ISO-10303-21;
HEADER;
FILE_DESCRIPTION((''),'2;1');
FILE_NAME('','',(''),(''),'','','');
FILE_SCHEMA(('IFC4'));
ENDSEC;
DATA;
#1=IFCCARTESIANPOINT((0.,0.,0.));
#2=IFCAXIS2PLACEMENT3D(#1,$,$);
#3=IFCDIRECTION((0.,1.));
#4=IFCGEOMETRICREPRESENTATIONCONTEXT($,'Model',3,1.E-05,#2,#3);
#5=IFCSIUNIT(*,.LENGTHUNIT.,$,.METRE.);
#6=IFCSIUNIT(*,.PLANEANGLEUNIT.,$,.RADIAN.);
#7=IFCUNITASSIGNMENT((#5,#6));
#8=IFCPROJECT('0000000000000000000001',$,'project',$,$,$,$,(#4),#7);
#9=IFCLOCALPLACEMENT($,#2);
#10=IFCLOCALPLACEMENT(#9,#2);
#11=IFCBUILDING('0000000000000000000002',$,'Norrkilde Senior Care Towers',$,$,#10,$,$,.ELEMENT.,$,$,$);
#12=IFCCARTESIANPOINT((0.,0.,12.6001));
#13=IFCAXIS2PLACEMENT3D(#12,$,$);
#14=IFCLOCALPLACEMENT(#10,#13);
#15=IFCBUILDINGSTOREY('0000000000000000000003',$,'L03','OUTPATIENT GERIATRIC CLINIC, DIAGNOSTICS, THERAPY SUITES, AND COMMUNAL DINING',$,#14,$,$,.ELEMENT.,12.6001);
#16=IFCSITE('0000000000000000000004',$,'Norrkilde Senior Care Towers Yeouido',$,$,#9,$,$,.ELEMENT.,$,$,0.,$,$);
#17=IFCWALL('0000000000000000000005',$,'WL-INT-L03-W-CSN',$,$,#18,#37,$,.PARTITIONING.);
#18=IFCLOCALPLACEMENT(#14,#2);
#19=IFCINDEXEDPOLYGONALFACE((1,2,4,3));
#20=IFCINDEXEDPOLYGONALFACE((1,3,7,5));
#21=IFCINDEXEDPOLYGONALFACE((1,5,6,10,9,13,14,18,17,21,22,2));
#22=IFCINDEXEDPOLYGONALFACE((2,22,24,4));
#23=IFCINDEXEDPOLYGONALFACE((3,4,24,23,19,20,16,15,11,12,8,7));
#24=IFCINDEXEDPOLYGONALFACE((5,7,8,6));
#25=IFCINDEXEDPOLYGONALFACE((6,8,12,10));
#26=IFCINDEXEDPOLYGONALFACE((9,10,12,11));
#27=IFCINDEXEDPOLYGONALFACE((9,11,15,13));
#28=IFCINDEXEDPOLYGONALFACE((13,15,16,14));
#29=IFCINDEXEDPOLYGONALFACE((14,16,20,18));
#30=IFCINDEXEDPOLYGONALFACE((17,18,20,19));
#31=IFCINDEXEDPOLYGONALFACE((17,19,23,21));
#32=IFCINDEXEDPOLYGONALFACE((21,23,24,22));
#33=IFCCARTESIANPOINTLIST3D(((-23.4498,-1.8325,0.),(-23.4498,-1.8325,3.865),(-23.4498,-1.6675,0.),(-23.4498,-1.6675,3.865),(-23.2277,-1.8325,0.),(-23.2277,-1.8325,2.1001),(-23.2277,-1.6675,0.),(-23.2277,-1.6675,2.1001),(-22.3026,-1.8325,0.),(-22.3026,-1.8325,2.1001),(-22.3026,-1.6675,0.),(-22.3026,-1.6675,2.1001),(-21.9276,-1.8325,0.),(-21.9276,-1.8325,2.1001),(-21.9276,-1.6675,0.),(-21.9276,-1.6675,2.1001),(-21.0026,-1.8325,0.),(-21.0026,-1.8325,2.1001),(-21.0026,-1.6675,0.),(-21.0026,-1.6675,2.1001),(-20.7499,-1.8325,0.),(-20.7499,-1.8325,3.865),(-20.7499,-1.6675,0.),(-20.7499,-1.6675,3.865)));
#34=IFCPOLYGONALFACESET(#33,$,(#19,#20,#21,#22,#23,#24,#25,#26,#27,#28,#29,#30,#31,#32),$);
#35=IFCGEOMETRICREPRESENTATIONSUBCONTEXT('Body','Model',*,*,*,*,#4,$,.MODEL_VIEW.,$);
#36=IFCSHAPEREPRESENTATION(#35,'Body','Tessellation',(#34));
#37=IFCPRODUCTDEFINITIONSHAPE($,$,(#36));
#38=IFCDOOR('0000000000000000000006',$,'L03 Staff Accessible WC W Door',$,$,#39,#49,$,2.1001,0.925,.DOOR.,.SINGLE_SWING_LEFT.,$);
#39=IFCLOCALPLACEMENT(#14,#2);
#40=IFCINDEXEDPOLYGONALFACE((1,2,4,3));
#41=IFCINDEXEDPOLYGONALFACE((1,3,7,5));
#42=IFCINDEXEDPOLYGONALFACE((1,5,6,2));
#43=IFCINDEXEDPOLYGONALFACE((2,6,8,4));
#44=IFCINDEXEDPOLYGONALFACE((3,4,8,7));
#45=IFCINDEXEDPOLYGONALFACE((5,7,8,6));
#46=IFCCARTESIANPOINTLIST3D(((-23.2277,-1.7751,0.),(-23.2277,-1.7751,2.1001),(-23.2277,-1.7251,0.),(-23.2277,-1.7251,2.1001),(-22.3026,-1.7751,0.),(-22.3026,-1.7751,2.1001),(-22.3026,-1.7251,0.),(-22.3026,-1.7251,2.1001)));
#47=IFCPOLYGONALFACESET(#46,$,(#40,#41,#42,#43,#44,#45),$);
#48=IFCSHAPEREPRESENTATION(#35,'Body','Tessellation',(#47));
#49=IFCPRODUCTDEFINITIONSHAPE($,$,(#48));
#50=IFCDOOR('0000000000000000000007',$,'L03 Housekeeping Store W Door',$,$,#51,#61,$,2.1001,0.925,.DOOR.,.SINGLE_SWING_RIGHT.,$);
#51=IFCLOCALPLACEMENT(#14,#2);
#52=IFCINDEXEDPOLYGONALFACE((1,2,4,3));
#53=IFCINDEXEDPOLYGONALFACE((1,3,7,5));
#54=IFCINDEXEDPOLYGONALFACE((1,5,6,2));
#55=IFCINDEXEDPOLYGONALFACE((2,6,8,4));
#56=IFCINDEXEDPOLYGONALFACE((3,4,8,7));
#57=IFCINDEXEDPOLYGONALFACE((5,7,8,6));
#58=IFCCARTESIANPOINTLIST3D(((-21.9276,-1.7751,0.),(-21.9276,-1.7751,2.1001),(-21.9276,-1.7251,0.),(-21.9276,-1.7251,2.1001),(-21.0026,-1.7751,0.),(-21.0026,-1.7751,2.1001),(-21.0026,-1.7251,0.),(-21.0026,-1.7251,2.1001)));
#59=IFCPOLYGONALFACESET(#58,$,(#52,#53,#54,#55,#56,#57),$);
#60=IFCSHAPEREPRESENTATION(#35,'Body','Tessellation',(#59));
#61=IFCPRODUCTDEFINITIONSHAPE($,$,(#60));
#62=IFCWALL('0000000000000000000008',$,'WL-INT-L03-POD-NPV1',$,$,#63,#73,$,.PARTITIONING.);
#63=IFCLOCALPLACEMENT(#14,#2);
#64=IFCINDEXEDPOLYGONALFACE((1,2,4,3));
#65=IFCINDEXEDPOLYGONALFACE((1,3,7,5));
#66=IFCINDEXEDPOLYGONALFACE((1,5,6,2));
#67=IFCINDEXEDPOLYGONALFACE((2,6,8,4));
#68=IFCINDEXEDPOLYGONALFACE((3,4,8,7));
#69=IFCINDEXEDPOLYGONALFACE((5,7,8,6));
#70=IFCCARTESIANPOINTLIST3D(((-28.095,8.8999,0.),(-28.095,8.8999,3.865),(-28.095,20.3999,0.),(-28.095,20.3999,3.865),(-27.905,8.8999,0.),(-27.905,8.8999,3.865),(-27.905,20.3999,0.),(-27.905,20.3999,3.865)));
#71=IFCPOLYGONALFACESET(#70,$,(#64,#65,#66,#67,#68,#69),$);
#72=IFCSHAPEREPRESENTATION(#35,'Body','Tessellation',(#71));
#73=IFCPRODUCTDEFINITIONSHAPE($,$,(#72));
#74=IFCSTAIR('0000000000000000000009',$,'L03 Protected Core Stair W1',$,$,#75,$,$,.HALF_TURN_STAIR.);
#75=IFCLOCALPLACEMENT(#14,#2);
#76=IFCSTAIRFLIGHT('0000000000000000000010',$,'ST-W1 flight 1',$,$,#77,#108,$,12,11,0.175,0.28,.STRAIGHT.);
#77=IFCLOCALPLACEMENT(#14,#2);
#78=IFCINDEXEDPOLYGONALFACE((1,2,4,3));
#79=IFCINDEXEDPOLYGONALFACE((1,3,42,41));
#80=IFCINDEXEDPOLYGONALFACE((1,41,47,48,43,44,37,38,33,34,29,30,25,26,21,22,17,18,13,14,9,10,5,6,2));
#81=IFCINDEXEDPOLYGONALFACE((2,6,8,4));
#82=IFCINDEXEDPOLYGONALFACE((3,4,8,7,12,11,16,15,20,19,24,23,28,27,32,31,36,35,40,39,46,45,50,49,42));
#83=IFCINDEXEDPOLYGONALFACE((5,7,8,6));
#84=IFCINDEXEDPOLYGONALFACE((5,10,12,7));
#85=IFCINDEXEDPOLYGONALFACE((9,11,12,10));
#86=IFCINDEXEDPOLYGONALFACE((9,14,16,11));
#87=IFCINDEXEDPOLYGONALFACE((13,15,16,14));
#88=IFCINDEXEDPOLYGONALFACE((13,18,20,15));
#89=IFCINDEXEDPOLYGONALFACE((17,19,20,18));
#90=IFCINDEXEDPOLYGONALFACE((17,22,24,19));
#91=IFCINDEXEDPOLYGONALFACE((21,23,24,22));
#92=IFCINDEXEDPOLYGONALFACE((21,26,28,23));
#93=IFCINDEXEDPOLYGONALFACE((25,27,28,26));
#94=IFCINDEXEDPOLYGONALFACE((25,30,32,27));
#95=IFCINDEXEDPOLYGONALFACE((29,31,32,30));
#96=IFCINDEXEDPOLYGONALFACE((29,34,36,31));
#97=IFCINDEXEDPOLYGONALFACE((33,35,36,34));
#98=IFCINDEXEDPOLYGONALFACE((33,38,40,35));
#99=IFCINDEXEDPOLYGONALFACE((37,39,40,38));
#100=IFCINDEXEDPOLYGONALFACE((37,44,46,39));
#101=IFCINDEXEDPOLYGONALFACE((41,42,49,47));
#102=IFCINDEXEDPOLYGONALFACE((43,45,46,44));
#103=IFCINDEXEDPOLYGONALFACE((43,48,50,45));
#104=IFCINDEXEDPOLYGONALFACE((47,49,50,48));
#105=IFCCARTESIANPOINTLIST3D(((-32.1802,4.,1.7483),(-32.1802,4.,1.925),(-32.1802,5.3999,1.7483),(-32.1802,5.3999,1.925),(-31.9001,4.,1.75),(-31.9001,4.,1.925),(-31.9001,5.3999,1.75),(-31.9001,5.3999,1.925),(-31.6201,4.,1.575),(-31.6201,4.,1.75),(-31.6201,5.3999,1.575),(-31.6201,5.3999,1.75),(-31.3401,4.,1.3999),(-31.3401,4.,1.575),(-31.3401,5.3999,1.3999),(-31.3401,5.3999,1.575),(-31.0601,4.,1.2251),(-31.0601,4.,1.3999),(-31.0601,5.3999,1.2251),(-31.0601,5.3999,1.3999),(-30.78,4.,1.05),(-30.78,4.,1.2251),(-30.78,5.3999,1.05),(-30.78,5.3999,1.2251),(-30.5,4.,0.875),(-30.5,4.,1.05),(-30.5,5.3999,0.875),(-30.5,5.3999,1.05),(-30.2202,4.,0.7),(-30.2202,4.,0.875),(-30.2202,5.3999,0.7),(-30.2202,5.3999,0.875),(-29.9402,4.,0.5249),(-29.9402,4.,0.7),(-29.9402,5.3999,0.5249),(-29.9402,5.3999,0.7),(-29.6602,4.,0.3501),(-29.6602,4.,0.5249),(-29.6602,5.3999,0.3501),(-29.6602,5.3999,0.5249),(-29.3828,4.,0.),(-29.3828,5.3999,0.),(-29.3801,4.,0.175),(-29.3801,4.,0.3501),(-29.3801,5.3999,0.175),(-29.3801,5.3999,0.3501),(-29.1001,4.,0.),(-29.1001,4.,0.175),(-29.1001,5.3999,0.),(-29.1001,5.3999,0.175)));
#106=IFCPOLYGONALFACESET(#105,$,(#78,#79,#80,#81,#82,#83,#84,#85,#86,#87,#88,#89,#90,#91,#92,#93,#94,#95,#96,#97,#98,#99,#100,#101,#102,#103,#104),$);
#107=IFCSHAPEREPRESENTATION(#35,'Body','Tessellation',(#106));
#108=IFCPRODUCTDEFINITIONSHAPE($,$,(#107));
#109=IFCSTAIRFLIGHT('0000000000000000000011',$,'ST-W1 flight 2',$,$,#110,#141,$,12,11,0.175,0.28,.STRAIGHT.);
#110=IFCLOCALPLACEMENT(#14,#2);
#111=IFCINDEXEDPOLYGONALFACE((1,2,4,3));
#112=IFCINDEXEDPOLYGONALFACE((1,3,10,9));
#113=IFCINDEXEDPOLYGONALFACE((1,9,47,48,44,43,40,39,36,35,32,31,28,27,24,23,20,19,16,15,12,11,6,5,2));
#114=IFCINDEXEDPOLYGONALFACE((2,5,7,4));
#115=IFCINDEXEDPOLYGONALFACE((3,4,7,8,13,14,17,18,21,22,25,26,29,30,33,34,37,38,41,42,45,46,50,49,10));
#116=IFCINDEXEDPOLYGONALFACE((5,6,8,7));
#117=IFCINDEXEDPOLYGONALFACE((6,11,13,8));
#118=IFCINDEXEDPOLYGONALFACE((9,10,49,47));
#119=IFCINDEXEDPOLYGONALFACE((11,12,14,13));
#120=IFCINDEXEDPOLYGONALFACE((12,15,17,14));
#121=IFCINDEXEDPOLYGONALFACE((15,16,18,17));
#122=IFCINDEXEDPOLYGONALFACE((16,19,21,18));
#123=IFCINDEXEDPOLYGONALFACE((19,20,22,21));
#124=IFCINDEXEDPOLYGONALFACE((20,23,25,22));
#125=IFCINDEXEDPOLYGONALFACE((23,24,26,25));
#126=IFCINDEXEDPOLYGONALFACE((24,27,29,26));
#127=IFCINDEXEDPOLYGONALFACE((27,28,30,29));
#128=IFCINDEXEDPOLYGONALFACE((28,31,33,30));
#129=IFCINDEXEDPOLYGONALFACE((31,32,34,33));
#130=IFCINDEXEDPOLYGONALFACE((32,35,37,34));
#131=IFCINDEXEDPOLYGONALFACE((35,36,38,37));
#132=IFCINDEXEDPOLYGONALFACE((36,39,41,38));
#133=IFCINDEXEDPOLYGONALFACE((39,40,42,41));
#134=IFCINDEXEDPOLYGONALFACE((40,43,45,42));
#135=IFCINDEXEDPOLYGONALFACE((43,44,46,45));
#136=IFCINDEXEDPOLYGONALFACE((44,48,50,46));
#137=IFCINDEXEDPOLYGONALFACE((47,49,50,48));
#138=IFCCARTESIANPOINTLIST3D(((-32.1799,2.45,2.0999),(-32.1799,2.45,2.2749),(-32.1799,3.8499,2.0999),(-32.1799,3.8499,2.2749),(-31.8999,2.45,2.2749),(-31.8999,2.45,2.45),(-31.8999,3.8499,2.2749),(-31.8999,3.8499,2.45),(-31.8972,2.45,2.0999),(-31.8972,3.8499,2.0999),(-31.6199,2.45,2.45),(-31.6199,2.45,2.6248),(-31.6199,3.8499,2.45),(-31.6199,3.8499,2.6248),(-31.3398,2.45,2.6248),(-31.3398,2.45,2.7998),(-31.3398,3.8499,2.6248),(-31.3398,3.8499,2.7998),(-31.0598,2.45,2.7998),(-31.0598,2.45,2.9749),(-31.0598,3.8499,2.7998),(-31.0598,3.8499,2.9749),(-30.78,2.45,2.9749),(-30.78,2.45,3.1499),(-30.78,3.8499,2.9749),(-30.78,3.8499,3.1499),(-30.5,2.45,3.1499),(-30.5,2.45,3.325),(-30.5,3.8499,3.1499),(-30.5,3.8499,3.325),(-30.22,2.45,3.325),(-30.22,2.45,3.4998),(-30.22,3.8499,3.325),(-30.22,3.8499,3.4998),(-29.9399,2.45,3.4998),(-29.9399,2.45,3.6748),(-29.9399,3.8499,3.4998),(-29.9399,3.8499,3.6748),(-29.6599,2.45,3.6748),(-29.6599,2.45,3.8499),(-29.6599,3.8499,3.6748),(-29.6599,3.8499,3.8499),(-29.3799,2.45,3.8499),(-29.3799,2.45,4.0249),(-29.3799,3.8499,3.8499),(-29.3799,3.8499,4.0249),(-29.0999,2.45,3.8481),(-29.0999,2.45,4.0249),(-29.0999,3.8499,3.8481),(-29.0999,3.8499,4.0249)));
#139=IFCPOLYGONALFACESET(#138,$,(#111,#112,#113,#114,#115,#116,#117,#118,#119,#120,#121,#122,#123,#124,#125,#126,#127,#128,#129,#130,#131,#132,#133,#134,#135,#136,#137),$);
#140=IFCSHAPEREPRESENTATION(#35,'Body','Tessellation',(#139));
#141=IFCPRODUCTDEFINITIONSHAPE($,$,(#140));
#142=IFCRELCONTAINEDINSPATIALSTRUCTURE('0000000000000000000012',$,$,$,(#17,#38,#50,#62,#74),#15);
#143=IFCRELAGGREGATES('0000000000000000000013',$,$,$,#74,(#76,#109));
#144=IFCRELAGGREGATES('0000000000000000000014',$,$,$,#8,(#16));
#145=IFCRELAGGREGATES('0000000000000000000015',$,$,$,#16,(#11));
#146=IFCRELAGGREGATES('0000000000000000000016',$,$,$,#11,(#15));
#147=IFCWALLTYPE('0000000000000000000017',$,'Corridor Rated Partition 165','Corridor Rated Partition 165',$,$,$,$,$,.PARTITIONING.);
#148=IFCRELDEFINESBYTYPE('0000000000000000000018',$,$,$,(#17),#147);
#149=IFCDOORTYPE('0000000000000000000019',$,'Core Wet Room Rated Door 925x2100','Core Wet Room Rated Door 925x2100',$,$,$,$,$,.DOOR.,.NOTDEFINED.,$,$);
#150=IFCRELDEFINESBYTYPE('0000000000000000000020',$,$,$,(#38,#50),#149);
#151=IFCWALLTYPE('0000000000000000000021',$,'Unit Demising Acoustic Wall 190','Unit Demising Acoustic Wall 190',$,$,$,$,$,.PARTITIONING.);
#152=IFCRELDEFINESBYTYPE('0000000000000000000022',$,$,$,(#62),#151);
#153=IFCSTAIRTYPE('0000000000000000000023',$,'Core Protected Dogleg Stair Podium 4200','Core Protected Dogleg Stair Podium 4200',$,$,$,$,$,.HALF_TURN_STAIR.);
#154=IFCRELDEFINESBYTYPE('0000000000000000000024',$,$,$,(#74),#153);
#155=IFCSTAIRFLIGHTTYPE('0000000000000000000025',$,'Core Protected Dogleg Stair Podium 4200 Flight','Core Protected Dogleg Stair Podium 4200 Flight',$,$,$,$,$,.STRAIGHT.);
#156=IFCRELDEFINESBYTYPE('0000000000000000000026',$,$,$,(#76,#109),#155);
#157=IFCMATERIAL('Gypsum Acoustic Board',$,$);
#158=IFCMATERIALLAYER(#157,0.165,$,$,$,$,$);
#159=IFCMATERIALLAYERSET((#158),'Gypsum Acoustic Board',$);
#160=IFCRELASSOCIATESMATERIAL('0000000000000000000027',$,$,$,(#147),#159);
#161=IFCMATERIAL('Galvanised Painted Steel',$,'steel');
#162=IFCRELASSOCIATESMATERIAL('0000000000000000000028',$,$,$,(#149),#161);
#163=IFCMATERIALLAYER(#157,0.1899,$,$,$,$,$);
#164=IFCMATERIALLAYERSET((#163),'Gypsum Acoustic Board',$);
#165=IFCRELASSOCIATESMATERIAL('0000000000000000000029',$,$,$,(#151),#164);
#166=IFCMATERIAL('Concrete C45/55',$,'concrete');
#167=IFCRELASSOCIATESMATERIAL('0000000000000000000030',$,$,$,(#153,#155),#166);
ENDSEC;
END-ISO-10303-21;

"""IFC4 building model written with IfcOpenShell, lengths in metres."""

from ifc_helpers import new_model, si_unit, direction, frame, frame_2d, origin, place, context, subcontext, project, spatial, polyline, rectangle, outline, extrude, source, transform, mapped, material, layer, layer_set, type_object, type_shapes, element, fill, aggregate, save


model = new_model("IFC4")

# Units and contexts
model_context = context("Model", 3, precision=1e-05, world=origin(), true_north=direction((0.0, 1.0)))
body_context = subcontext(model_context, "Body", "Model", "MODEL_VIEW")
ifc_project = project(units=[si_unit("LENGTHUNIT", "METRE"), si_unit("PLANEANGLEUNIT", "RADIAN")], contexts=[model_context])

# Site, building, storey
site_placement = place(None, origin())
site = spatial("IfcSite", under=ifc_project, at=site_placement, Name="Norrkilde Senior Care Towers Yeouido", CompositionType="ELEMENT", RefElevation=0.0)
building_placement = place(site_placement, origin())
building = spatial("IfcBuilding", under=site, at=building_placement, Name="Norrkilde Senior Care Towers", CompositionType="ELEMENT")
storey_placement = place(building_placement, frame((0.0, 0.0, 12.6001)))
storey = spatial("IfcBuildingStorey", under=building, at=storey_placement, Name="L03", Description="OUTPATIENT GERIATRIC CLINIC, DIAGNOSTICS, THERAPY SUITES, AND COMMUNAL DINING", CompositionType="ELEMENT", Elevation=12.6001)

# Shared definitions
ifc_material_1 = material(Name="Concrete C45/55", Category="concrete")
ifc_material_2 = material(Name="Galvanised Painted Steel", Category="steel")

# Shared definitions
ifc_material_3 = material(Name="Gypsum Acoustic Board")

# Wall, openings, doors
ifc_layer_1 = layer(ifc_material_3, 0.165)
ifc_layer_set_1 = layer_set([ifc_layer_1], Name="Gypsum Acoustic Board")
wall_type_1 = type_object("IfcWallType", Name="Corridor Rated Partition 165", Description="Corridor Rated Partition 165", PredefinedType="PARTITIONING", material=ifc_layer_set_1)
shared_shape_1 = source(origin(), body_context, "Body", "SweptSolid", [
    extrude(rectangle(XDim=2.7, YDim=0.165, at=frame_2d((1.3501, 0.0))), origin(), (0.0, 0.0, 1.0), 3.865),
])
type_shapes(wall_type_1, [shared_shape_1])
wall_1_placement = place(storey_placement, frame((-23.45, -1.75, 0.0), z_axis=(0.0, 0.0, 1.0), x_axis=(1.0, 0.0, 0.0)))
wall_1 = element("IfcWall", 1, at=wall_1_placement, inside=storey, type_object=wall_type_1, Name="WL-INT-L03-W-CSN", PredefinedType="PARTITIONING", context=body_context, shape_type="MappedRepresentation", body=[
    mapped(shared_shape_1, transform((0.0, 0.0, 0.0), x_axis=(1.0, 0.0, 0.0), y_axis=(0.0, 1.0, 0.0), z_axis=(0.0, 0.0, 1.0), scale=1.0)),
])
opening_1_placement = place(wall_1_placement, frame((0.2224, 0.0, 0.0)))
opening_1 = element("IfcOpeningElement", 2, at=opening_1_placement, cuts=wall_1, PredefinedType="OPENING", context=body_context, shape_type="SweptSolid", body=[
    extrude(rectangle(XDim=0.925, YDim=2.1001, at=frame_2d((0.4624, 1.05))), frame((0.0, 0.0925, 0.0), z_axis=(0.0, -1.0, 0.0), x_axis=(1.0, 0.0, 0.0)), (0.0, 0.0, 1.0), 0.1851),
])
opening_2_placement = place(wall_1_placement, frame((1.5225, 0.0, 0.0)))
opening_2 = element("IfcOpeningElement", 3, at=opening_2_placement, cuts=wall_1, PredefinedType="OPENING", context=body_context, shape_type="SweptSolid", body=[
    extrude(rectangle(XDim=0.925, YDim=2.1001, at=frame_2d((0.4624, 1.05))), frame((0.0, 0.0925, 0.0), z_axis=(0.0, -1.0, 0.0), x_axis=(1.0, 0.0, 0.0)), (0.0, 0.0, 1.0), 0.1851),
])
door_type_1 = type_object("IfcDoorType", Name="Core Wet Room Rated Door 925x2100", Description="Core Wet Room Rated Door 925x2100", OperationType="NOTDEFINED", PredefinedType="DOOR", material=ifc_material_2)
shared_shape_2 = source(origin(), body_context, "Body", "SweptSolid", [
    extrude(rectangle(XDim=0.925, YDim=2.1001, at=frame_2d((0.4624, 1.05))), frame((0.0, 0.0249, 0.0), z_axis=(0.0, -1.0, 0.0), x_axis=(1.0, 0.0, 0.0)), (0.0, 0.0, 1.0), 0.05),
])
type_shapes(door_type_1, [shared_shape_2])
door_1_placement = place(opening_1_placement, origin())
door_1 = element("IfcDoor", 4, at=door_1_placement, inside=storey, type_object=door_type_1, Name="L03 Staff Accessible WC W Door", OperationType="SINGLE_SWING_LEFT", OverallHeight=2.1001, OverallWidth=0.925, PredefinedType="DOOR", context=body_context, shape_type="MappedRepresentation", body=[
    mapped(shared_shape_2, transform((0.0, 0.0, 0.0), x_axis=(1.0, 0.0, 0.0), y_axis=(0.0, 1.0, 0.0), z_axis=(0.0, 0.0, 1.0), scale=1.0)),
])
fill(opening_1, door_1)
door_2_placement = place(opening_2_placement, origin())
door_2 = element("IfcDoor", 5, at=door_2_placement, inside=storey, type_object=door_type_1, Name="L03 Housekeeping Store W Door", OperationType="SINGLE_SWING_RIGHT", OverallHeight=2.1001, OverallWidth=0.925, PredefinedType="DOOR", context=body_context, shape_type="MappedRepresentation", body=[
    mapped(shared_shape_2, transform((0.0, 0.0, 0.0), x_axis=(1.0, 0.0, 0.0), y_axis=(0.0, 1.0, 0.0), z_axis=(0.0, 0.0, 1.0), scale=1.0)),
])
fill(opening_2, door_2)

# Wall
ifc_layer_2 = layer(ifc_material_3, 0.1899)
ifc_layer_set_2 = layer_set([ifc_layer_2], Name="Gypsum Acoustic Board")
wall_type_2 = type_object("IfcWallType", Name="Unit Demising Acoustic Wall 190", Description="Unit Demising Acoustic Wall 190", PredefinedType="PARTITIONING", material=ifc_layer_set_2)
shared_shape_3 = source(origin(), body_context, "Body", "SweptSolid", [
    extrude(rectangle(XDim=11.5, YDim=0.1899, at=frame_2d((5.75, 0.0))), origin(), (0.0, 0.0, 1.0), 3.865),
])
type_shapes(wall_type_2, [shared_shape_3])
wall_2_placement = place(storey_placement, frame((-28.0, 8.8999, 0.0), z_axis=(0.0, 0.0, 1.0), x_axis=(0.0, 1.0, 0.0)))
element("IfcWall", 6, at=wall_2_placement, inside=storey, type_object=wall_type_2, Name="WL-INT-L03-POD-NPV1", PredefinedType="PARTITIONING", context=body_context, shape_type="MappedRepresentation", body=[
    mapped(shared_shape_3, transform((0.0, 0.0, 0.0), x_axis=(1.0, 0.0, 0.0), y_axis=(0.0, 1.0, 0.0), z_axis=(0.0, 0.0, 1.0), scale=1.0)),
])

# Stair, stair flights
stair_type = type_object("IfcStairType", Name="Core Protected Dogleg Stair Podium 4200", Description="Core Protected Dogleg Stair Podium 4200", PredefinedType="HALF_TURN_STAIR", material=ifc_material_1)
stair_placement = place(storey_placement, origin())
stair = element("IfcStair", 7, at=stair_placement, inside=storey, type_object=stair_type, Name="L03 Protected Core Stair W1", PredefinedType="HALF_TURN_STAIR")
stair_flight_type = type_object("IfcStairFlightType", Name="Core Protected Dogleg Stair Podium 4200 Flight", Description="Core Protected Dogleg Stair Podium 4200 Flight", PredefinedType="STRAIGHT", material=ifc_material_1)
stair_flight_1_placement = place(storey_placement, frame((-29.1001, 4.7, 0.0), z_axis=(0.0, 0.0, 1.0), x_axis=(-1.0, 0.0, 0.0)))
stair_flight_1 = element("IfcStairFlight", 8, at=stair_flight_1_placement, type_object=stair_flight_type, Name="ST-W1 flight 1", NumberOfRisers=12, NumberOfTreads=11, PredefinedType="STRAIGHT", RiserHeight=0.175, TreadLength=0.28, context=body_context, shape_type="SweptSolid", body=[
    extrude(outline(polyline([(0.0, 0.0), (0.0, 0.175), (0.28, 0.175), (0.28, 0.3501), (0.5601, 0.3501), (0.5601, 0.5249), (0.8401, 0.5249), (0.8401, 0.7), (1.1201, 0.7), (1.1201, 0.875), (1.3999, 0.875), (1.3999, 1.05), (1.6799, 1.05), (1.6799, 1.2251), (1.96, 1.2251), (1.96, 1.3999), (2.24, 1.3999), (2.24, 1.575), (2.52, 1.575), (2.52, 1.75), (2.8, 1.75), (2.8, 1.925), (3.0801, 1.925), (3.0801, 2.1001), (3.0801, 1.7483), (0.2827, 0.0), (0.0, 0.0)])), frame((0.0, 0.7, 0.0), z_axis=(0.0, -1.0, 0.0), x_axis=(1.0, 0.0, 0.0)), (0.0, 0.0, 1.0), 1.3999),
])
stair_flight_2_placement = place(storey_placement, frame((-32.1799, 3.1499, 2.0999), z_axis=(0.0, 0.0, 1.0), x_axis=(1.0, 0.0, 0.0)))
stair_flight_2 = element("IfcStairFlight", 9, at=stair_flight_2_placement, type_object=stair_flight_type, Name="ST-W1 flight 2", NumberOfRisers=12, NumberOfTreads=11, PredefinedType="STRAIGHT", RiserHeight=0.175, TreadLength=0.28, context=body_context, shape_type="SweptSolid", body=[
    extrude(outline(polyline([(0.0, 0.0), (0.0, 0.175), (0.28, 0.175), (0.28, 0.3501), (0.5601, 0.3501), (0.5601, 0.5249), (0.8401, 0.5249), (0.8401, 0.7), (1.1201, 0.7), (1.1201, 0.875), (1.3999, 0.875), (1.3999, 1.05), (1.6799, 1.05), (1.6799, 1.2251), (1.96, 1.2251), (1.96, 1.3999), (2.24, 1.3999), (2.24, 1.575), (2.52, 1.575), (2.52, 1.75), (2.8, 1.75), (2.8, 1.925), (3.0801, 1.925), (3.0801, 2.1001), (3.0801, 1.7483), (0.2827, 0.0), (0.0, 0.0)])), frame((0.0, 0.7, 0.0), z_axis=(0.0, -1.0, 0.0), x_axis=(1.0, 0.0, 0.0)), (0.0, 0.0, 1.0), 1.3999),
])
aggregate(stair, [stair_flight_1, stair_flight_2])

save(model, "model.ifc")
